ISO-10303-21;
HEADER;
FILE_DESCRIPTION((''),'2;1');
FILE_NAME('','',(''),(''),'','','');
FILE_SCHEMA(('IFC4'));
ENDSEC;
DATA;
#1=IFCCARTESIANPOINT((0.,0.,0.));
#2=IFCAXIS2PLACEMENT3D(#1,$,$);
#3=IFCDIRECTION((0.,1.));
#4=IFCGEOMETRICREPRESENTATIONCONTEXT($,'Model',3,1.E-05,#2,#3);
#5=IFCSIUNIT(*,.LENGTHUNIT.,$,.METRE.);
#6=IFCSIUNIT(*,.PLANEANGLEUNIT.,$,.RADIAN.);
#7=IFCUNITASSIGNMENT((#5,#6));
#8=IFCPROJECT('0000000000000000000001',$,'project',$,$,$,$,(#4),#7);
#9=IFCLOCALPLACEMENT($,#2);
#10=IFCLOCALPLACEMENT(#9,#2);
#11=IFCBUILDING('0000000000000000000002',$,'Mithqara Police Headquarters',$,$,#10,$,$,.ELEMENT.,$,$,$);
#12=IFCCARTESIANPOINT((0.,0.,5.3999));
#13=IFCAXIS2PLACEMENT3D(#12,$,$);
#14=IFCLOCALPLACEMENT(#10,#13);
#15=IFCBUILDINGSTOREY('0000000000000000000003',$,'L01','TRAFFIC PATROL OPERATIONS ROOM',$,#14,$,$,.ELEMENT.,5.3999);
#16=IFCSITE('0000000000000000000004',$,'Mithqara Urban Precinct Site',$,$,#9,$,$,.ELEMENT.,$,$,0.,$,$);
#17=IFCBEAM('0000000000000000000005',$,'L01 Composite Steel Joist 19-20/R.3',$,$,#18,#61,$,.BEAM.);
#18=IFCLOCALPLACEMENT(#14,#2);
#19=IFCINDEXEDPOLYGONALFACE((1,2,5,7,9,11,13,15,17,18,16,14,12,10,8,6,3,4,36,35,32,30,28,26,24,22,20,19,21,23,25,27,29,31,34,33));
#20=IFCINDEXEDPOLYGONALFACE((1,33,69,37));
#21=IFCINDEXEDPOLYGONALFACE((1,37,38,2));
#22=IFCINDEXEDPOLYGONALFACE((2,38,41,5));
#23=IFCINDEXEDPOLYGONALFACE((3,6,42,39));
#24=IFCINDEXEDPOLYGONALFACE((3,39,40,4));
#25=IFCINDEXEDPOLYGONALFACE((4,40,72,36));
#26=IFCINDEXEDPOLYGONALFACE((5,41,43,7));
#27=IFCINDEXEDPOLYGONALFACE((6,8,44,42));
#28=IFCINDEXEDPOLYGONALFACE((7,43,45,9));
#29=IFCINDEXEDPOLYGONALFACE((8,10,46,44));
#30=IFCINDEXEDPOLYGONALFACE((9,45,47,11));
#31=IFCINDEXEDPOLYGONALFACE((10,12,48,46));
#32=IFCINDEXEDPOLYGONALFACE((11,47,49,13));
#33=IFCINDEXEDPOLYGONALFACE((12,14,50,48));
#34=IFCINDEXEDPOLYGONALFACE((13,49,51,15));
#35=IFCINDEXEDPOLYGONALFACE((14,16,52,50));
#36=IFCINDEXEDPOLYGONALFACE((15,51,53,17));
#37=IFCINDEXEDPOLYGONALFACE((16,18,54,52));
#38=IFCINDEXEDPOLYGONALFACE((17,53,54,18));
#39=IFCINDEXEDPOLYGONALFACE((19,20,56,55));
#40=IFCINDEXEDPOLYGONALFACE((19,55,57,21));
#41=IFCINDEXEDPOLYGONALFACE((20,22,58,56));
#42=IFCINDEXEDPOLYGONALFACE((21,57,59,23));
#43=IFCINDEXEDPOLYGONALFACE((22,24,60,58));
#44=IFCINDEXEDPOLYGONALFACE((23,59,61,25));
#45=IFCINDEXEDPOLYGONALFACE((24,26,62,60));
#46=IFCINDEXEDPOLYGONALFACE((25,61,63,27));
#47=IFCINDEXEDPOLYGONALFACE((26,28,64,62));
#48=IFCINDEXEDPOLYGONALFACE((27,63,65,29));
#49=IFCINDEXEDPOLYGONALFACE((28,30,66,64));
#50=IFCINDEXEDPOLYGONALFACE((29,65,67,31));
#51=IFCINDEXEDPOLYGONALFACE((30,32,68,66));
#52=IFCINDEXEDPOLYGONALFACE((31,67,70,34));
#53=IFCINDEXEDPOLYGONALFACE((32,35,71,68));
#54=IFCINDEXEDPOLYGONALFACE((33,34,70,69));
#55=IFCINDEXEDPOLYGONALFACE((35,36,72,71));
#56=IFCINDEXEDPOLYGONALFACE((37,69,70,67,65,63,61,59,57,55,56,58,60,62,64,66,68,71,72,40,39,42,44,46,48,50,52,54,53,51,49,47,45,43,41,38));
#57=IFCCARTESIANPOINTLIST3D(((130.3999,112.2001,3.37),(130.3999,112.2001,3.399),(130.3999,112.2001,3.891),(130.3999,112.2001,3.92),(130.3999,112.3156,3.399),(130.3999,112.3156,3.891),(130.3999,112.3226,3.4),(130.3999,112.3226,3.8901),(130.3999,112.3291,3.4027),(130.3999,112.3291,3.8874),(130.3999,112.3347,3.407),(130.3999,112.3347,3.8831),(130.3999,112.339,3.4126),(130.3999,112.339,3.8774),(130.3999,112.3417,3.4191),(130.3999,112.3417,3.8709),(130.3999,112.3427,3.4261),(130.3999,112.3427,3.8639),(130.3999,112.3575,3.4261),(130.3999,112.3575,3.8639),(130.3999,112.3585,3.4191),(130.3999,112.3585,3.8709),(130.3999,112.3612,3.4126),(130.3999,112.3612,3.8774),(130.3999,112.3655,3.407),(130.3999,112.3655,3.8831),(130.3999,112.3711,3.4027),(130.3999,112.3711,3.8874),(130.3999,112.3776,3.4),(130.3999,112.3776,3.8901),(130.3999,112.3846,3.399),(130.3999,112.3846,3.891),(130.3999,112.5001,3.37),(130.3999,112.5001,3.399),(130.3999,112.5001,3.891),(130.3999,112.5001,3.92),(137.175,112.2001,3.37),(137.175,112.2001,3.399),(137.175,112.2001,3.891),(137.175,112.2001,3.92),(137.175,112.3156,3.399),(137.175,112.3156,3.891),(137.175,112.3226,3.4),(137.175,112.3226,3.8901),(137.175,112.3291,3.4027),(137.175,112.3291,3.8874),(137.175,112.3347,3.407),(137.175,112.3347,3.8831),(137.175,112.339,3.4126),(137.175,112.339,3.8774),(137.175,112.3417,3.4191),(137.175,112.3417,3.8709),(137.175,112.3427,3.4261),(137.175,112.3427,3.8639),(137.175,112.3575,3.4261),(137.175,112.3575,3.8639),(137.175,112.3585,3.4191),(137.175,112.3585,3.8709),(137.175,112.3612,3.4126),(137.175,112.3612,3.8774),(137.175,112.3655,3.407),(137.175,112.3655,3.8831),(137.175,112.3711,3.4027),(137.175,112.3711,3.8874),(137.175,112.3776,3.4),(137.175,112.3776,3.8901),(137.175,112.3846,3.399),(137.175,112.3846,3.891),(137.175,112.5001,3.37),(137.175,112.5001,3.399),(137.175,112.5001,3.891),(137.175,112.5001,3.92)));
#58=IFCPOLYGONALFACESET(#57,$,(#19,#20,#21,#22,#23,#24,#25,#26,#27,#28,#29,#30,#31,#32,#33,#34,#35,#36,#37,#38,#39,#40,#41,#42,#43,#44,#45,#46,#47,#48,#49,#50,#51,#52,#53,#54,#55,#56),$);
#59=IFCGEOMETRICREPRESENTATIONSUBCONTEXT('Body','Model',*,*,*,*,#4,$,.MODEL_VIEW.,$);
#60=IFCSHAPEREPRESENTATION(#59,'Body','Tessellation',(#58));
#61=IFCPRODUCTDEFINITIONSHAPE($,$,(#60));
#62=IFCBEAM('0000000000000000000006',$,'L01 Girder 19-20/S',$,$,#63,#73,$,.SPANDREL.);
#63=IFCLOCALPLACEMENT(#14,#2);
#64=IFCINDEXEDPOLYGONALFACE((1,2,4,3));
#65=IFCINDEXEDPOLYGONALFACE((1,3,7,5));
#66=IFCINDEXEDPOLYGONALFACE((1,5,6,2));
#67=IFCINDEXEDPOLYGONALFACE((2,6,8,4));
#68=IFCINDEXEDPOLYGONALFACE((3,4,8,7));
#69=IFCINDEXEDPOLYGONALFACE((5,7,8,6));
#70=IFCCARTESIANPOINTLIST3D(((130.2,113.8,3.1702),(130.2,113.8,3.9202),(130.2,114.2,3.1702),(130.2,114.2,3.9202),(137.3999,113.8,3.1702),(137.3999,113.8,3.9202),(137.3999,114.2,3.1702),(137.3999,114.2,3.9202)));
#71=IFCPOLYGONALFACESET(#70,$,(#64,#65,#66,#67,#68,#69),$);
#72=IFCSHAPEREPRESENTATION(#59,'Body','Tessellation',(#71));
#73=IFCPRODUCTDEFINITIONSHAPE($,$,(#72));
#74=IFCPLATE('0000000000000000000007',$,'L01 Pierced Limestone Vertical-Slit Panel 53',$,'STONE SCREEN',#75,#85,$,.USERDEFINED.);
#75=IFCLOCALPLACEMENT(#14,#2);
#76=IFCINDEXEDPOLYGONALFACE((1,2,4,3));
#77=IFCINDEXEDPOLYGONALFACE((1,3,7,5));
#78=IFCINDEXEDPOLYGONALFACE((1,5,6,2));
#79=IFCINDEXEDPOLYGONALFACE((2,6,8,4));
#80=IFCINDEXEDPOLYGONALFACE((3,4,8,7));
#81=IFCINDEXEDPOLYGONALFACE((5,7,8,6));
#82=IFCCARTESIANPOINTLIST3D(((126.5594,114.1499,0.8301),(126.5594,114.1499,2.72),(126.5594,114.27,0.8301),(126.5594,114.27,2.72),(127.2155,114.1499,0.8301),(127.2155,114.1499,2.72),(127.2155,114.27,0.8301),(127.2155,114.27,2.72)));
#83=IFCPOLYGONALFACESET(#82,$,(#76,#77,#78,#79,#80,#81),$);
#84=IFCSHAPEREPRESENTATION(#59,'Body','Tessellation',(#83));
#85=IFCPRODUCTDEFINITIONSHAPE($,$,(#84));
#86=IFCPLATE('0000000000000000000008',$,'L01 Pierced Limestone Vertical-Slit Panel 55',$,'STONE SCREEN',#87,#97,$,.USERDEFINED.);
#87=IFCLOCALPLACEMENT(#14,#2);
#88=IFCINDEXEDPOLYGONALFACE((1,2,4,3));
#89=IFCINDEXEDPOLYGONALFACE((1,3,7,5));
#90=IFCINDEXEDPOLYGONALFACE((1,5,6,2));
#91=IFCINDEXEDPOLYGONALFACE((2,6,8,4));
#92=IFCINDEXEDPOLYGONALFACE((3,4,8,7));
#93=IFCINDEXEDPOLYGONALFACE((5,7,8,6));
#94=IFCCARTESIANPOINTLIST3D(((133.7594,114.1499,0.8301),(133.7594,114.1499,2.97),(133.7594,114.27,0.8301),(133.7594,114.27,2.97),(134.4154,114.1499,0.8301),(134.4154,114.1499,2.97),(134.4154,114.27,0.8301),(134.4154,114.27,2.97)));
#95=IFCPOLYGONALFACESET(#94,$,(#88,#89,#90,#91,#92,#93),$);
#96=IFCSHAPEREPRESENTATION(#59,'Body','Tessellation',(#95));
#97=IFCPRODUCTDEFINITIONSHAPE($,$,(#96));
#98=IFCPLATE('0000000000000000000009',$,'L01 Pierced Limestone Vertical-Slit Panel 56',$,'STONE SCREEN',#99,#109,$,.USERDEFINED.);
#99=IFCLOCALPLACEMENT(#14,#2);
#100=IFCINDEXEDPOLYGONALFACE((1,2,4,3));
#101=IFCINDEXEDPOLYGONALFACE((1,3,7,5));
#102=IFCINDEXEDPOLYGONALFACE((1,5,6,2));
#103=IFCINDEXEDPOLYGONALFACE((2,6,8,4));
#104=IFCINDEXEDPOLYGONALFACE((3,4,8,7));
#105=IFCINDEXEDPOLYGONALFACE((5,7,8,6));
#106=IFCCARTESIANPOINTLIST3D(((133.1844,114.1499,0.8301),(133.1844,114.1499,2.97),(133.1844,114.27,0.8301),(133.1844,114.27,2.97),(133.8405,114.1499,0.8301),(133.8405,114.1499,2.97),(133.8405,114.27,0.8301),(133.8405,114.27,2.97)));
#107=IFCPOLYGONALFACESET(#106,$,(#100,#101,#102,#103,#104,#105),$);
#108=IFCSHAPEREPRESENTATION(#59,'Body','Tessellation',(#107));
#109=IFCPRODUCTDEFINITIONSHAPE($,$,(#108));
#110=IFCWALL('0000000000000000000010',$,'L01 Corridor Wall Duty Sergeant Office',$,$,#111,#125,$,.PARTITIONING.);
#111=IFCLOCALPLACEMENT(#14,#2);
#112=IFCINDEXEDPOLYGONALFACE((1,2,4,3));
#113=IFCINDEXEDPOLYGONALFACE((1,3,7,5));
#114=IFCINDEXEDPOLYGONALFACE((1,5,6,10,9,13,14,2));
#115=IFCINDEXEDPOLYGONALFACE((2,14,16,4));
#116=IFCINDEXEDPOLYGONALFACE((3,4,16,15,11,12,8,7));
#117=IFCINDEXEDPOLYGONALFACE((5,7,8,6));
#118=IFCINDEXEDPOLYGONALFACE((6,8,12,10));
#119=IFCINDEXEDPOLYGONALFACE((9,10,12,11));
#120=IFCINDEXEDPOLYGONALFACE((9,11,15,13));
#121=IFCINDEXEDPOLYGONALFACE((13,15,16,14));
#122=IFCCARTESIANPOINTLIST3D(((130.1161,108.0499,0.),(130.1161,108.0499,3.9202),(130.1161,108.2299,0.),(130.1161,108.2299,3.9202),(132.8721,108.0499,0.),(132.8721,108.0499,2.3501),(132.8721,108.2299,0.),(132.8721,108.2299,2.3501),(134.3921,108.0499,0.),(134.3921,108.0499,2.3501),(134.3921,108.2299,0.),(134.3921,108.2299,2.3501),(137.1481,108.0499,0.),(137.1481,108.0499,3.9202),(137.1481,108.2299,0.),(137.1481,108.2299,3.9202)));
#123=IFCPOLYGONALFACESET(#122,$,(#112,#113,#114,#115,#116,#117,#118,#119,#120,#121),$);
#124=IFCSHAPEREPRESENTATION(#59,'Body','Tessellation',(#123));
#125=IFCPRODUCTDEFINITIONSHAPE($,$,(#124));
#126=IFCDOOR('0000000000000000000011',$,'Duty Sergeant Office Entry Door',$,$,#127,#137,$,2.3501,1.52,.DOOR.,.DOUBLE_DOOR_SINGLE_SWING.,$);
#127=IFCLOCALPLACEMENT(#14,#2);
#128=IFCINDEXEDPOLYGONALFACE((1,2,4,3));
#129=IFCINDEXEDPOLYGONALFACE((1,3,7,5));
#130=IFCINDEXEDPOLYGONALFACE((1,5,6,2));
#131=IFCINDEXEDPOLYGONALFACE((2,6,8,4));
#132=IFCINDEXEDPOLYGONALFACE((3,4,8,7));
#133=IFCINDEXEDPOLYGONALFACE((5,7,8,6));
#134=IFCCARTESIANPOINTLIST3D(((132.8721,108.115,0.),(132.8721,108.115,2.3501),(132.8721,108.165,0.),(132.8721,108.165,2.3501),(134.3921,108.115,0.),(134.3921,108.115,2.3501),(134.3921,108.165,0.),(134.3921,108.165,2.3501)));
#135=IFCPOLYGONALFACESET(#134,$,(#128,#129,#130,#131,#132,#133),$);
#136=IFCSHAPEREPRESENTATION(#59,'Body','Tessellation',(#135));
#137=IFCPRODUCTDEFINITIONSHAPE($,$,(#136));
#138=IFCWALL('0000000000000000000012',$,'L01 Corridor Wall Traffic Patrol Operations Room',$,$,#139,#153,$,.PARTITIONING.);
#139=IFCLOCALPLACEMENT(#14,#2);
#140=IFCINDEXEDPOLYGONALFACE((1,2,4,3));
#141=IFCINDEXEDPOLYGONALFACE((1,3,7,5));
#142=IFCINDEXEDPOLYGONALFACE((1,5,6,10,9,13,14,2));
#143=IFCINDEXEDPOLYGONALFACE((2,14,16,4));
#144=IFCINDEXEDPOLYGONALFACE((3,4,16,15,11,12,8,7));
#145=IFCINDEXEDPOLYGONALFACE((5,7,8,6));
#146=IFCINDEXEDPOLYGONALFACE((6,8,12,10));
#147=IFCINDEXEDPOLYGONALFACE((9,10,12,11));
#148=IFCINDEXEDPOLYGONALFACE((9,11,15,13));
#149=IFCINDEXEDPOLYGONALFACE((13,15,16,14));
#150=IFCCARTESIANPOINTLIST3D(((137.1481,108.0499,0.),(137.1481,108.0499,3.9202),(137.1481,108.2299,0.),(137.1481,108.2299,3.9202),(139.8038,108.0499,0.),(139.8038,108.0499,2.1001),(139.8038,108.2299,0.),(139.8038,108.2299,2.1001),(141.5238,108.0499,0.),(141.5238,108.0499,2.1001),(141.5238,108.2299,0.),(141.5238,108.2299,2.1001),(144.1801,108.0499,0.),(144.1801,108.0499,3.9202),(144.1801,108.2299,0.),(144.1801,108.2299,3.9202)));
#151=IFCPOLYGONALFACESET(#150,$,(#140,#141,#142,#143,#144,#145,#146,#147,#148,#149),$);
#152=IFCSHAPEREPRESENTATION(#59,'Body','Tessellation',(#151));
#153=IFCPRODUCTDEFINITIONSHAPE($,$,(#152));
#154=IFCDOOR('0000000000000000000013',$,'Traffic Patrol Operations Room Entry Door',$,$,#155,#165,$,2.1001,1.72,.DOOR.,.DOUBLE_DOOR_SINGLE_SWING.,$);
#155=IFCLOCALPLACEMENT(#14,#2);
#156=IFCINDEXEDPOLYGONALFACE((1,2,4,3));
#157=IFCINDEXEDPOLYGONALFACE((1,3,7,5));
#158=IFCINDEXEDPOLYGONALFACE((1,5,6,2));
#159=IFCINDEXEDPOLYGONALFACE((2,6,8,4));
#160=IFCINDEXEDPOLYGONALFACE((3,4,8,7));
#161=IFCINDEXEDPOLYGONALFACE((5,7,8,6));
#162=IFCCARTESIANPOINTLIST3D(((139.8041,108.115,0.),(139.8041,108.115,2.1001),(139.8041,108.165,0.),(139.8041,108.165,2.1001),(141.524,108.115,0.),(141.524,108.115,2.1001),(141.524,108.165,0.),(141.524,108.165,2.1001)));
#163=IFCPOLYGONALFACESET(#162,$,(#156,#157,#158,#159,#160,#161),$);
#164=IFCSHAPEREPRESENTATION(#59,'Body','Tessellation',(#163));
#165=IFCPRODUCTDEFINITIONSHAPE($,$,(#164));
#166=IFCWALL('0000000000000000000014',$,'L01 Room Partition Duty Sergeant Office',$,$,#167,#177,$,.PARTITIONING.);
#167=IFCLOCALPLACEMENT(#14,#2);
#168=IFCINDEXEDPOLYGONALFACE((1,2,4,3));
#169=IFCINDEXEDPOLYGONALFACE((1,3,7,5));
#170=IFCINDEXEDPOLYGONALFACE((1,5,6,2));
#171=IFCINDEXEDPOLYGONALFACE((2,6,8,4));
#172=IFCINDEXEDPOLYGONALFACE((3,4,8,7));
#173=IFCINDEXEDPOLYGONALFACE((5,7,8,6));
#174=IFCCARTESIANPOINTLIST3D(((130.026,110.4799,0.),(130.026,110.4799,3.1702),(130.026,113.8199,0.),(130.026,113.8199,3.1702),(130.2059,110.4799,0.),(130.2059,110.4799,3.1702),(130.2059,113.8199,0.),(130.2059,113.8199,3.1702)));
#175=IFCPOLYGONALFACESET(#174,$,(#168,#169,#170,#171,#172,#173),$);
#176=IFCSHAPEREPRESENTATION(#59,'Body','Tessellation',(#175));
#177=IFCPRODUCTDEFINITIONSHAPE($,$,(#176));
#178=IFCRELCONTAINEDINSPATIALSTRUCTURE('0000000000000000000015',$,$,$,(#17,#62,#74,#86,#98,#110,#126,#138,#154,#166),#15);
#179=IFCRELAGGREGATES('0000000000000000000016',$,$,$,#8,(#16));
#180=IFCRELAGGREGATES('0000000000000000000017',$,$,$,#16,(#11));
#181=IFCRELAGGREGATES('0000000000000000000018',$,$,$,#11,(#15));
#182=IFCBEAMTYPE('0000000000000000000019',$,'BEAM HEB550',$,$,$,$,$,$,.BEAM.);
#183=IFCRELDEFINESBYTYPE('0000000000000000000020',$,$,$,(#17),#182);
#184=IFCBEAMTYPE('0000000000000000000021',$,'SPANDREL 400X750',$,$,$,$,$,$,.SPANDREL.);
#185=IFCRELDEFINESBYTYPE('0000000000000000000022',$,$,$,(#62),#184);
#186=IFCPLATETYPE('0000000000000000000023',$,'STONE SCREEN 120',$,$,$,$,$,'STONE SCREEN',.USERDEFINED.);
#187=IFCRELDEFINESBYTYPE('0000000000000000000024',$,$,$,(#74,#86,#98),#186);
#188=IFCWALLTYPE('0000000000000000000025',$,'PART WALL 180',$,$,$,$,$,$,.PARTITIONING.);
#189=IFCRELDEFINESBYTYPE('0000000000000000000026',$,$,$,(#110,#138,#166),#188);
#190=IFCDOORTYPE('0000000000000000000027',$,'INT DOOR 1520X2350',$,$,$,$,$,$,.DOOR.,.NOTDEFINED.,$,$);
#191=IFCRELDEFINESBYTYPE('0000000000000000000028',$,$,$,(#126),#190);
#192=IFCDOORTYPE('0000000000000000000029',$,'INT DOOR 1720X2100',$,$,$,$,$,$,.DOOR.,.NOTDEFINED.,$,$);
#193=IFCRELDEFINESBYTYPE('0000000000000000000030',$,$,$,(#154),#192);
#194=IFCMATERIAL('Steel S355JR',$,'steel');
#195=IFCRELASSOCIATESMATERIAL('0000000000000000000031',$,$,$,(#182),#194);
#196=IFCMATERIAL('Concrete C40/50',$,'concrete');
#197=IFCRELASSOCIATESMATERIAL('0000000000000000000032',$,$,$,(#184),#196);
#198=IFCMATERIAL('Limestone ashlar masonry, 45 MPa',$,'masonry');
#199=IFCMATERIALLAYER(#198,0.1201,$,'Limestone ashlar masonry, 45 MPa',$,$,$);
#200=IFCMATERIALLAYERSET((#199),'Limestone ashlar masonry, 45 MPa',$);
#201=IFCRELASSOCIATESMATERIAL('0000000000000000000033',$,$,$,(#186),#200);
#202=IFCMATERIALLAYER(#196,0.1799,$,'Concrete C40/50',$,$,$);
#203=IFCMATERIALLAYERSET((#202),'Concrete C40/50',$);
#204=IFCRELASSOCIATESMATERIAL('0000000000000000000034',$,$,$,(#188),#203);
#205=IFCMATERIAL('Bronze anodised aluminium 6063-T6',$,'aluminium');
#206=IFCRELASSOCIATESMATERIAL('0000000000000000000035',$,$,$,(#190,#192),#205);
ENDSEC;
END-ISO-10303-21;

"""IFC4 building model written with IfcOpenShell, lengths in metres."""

from ifc_helpers import new_model, si_unit, direction, frame, frame_2d, origin, origin_2d, place, context, subcontext, project, spatial, rectangle, i_section, extrude, material, layer, layer_set, material_profile, profile_set, type_object, element, fill, save


model = new_model("IFC4")

# Units and contexts
model_context = context("Model", 3, precision=1e-05, world=origin(), true_north=direction((0.0, 1.0)))
body_context = subcontext(model_context, "Body", "Model", "MODEL_VIEW")
ifc_project = project(units=[si_unit("LENGTHUNIT", "METRE"), si_unit("PLANEANGLEUNIT", "RADIAN")], contexts=[model_context])

# Site, building, storey
site_placement = place(None, origin())
site = spatial("IfcSite", under=ifc_project, at=site_placement, Name="Mithqara Urban Precinct Site", CompositionType="ELEMENT", RefElevation=0.0)
building_placement = place(site_placement, origin())
building = spatial("IfcBuilding", under=site, at=building_placement, Name="Mithqara Police Headquarters", CompositionType="ELEMENT")
storey_placement = place(building_placement, frame((0.0, 0.0, 5.3999)))
storey = spatial("IfcBuildingStorey", under=building, at=storey_placement, Name="L01", Description="TRAFFIC PATROL OPERATIONS ROOM", CompositionType="ELEMENT", Elevation=5.3999)

# Beams
ifc_material_1 = material(Name="Steel S355JR", Category="steel")
ifc_material_profile_1 = material_profile(ifc_material_1, i_section(OverallWidth=0.3, OverallDepth=0.55, WebThickness=0.0149, FlangeThickness=0.0291, FilletRadius=0.0271, at=origin_2d()), Name="HEB 550")
ifc_profile_set_1 = profile_set([ifc_material_profile_1], Name="Steel S355JR")
beam_type_1 = type_object("IfcBeamType", Name="BEAM HEB550", PredefinedType="BEAM", material=ifc_profile_set_1)
for number, where, z_axis, x_axis, name in (
    (1, (130.3999, 112.3501, 3.645), (1.0, 0.0, 0.0), (0.0, 1.0, 0.0), "L01 Composite Steel Joist 19-20/R.3"),
):
    element("IfcBeam", number, at=place(storey_placement, frame(where, z_axis=z_axis, x_axis=x_axis)), inside=storey, type_object=beam_type_1, Name=name, PredefinedType="BEAM", context=body_context, shape_type="SweptSolid", body=[
        extrude(i_section(OverallWidth=0.3, OverallDepth=0.55, WebThickness=0.0149, FlangeThickness=0.0291, FilletRadius=0.0271, at=origin_2d()), origin(), (0.0, 0.0, 1.0), 6.7751),
    ])
ifc_material_2 = material(Name="Concrete C40/50", Category="concrete")
ifc_material_profile_2 = material_profile(ifc_material_2, rectangle(XDim=0.3999, YDim=0.75, at=origin_2d()), Name="SPB 400x750")
ifc_profile_set_2 = profile_set([ifc_material_profile_2], Name="Concrete C40/50")
beam_type_2 = type_object("IfcBeamType", Name="SPANDREL 400X750", PredefinedType="SPANDREL", material=ifc_profile_set_2)
beam_placement = place(storey_placement, frame((130.2, 114.0, 3.5452), z_axis=(1.0, 0.0, 0.0), x_axis=(0.0, 1.0, 0.0)))
element("IfcBeam", 2, at=beam_placement, inside=storey, type_object=beam_type_2, Name="L01 Girder 19-20/S", PredefinedType="SPANDREL", context=body_context, shape_type="SweptSolid", body=[
    extrude(rectangle(XDim=0.3999, YDim=0.75, at=origin_2d()), origin(), (0.0, 0.0, 1.0), 7.2),
])

# Plates
ifc_material_3 = material(Name="Limestone ashlar masonry, 45 MPa", Category="masonry")
ifc_layer_1 = layer(ifc_material_3, 0.1201, Name="Limestone ashlar masonry, 45 MPa")
ifc_layer_set_1 = layer_set([ifc_layer_1], Name="Limestone ashlar masonry, 45 MPa")
plate_type = type_object("IfcPlateType", Name="STONE SCREEN 120", ElementType="STONE SCREEN", PredefinedType="USERDEFINED", material=ifc_layer_set_1)
plate_placement = place(storey_placement, frame((126.8875, 114.21, 0.8301), z_axis=(0.0, 0.0, 1.0), x_axis=(1.0, 0.0, 0.0)))
element("IfcPlate", 3, at=plate_placement, inside=storey, type_object=plate_type, Name="L01 Pierced Limestone Vertical-Slit Panel 53", ObjectType="STONE SCREEN", PredefinedType="USERDEFINED", context=body_context, shape_type="SweptSolid", body=[
    extrude(rectangle(XDim=0.656, YDim=0.1201, at=origin_2d()), origin(), (0.0, 0.0, 1.0), 1.8899),
])
for number, where, z_axis, x_axis, name in (
    (4, (134.0874, 114.21, 0.8301), (0.0, 0.0, 1.0), (1.0, 0.0, 0.0), "L01 Pierced Limestone Vertical-Slit Panel 55"),
    (5, (133.5125, 114.21, 0.8301), (0.0, 0.0, 1.0), (1.0, 0.0, 0.0), "L01 Pierced Limestone Vertical-Slit Panel 56"),
):
    element("IfcPlate", number, at=place(storey_placement, frame(where, z_axis=z_axis, x_axis=x_axis)), inside=storey, type_object=plate_type, Name=name, ObjectType="STONE SCREEN", PredefinedType="USERDEFINED", context=body_context, shape_type="SweptSolid", body=[
        extrude(rectangle(XDim=0.656, YDim=0.1201, at=origin_2d()), origin(), (0.0, 0.0, 1.0), 2.1399),
    ])

# Walls, openings, doors
ifc_layer_2 = layer(ifc_material_2, 0.1799, Name="Concrete C40/50")
ifc_layer_set_2 = layer_set([ifc_layer_2], Name="Concrete C40/50")
wall_type = type_object("IfcWallType", Name="PART WALL 180", PredefinedType="PARTITIONING", material=ifc_layer_set_2)
wall_1_placement = place(storey_placement, frame((130.116, 108.1399, 0.0), z_axis=(0.0, 0.0, 1.0), x_axis=(1.0, 0.0, 0.0)))
wall_1 = element("IfcWall", 6, at=wall_1_placement, inside=storey, type_object=wall_type, Name="L01 Corridor Wall Duty Sergeant Office", PredefinedType="PARTITIONING", context=body_context, shape_type="SweptSolid", body=[
    extrude(rectangle(XDim=7.032, YDim=0.1799, at=frame_2d((3.5161, 0.0))), origin(), (0.0, 0.0, 1.0), 3.9202),
])
opening_1_placement = place(wall_1_placement, frame((2.7561, 0.0, 0.0)))
opening_1 = element("IfcOpeningElement", 7, at=opening_1_placement, cuts=wall_1, PredefinedType="OPENING", context=body_context, shape_type="SweptSolid", body=[
    extrude(rectangle(XDim=1.52, YDim=2.3501, at=frame_2d((0.76, 1.175))), frame((0.0, 0.1001, 0.0), z_axis=(0.0, -1.0, 0.0), x_axis=(1.0, 0.0, 0.0)), (0.0, 0.0, 1.0), 0.2),
])
ifc_material_4 = material(Name="Bronze anodised aluminium 6063-T6", Category="aluminium")
door_type_1 = type_object("IfcDoorType", Name="INT DOOR 1520X2350", OperationType="NOTDEFINED", PredefinedType="DOOR", material=ifc_material_4)
door_1_placement = place(opening_1_placement, frame((1.52, 0.0, 0.0), z_axis=(0.0, 0.0, 1.0), x_axis=(-1.0, 0.0, 0.0)))
door_1 = element("IfcDoor", 8, at=door_1_placement, inside=storey, type_object=door_type_1, Name="Duty Sergeant Office Entry Door", OperationType="DOUBLE_DOOR_SINGLE_SWING", OverallHeight=2.3501, OverallWidth=1.52, PredefinedType="DOOR", context=body_context, shape_type="SweptSolid", body=[
    extrude(rectangle(XDim=1.52, YDim=2.3501, at=frame_2d((0.76, 1.175))), frame((0.0, 0.0249, 0.0), z_axis=(0.0, -1.0, 0.0), x_axis=(1.0, 0.0, 0.0)), (0.0, 0.0, 1.0), 0.05),
])
fill(opening_1, door_1)
wall_2_placement = place(storey_placement, frame((137.1479, 108.1399, 0.0), z_axis=(0.0, 0.0, 1.0), x_axis=(1.0, 0.0, 0.0)))
wall_2 = element("IfcWall", 9, at=wall_2_placement, inside=storey, type_object=wall_type, Name="L01 Corridor Wall Traffic Patrol Operations Room", PredefinedType="PARTITIONING", context=body_context, shape_type="SweptSolid", body=[
    extrude(rectangle(XDim=7.032, YDim=0.1799, at=frame_2d((3.5161, 0.0))), origin(), (0.0, 0.0, 1.0), 3.9202),
])
opening_2_placement = place(wall_2_placement, frame((2.656, 0.0, 0.0)))
opening_2 = element("IfcOpeningElement", 10, at=opening_2_placement, cuts=wall_2, PredefinedType="OPENING", context=body_context, shape_type="SweptSolid", body=[
    extrude(rectangle(XDim=1.72, YDim=2.1001, at=frame_2d((0.8599, 1.05))), frame((0.0, 0.1001, 0.0), z_axis=(0.0, -1.0, 0.0), x_axis=(1.0, 0.0, 0.0)), (0.0, 0.0, 1.0), 0.2),
])
door_type_2 = type_object("IfcDoorType", Name="INT DOOR 1720X2100", OperationType="NOTDEFINED", PredefinedType="DOOR", material=ifc_material_4)
door_2_placement = place(opening_2_placement, frame((1.72, 0.0, 0.0), z_axis=(0.0, 0.0, 1.0), x_axis=(-1.0, 0.0, 0.0)))
door_2 = element("IfcDoor", 11, at=door_2_placement, inside=storey, type_object=door_type_2, Name="Traffic Patrol Operations Room Entry Door", OperationType="DOUBLE_DOOR_SINGLE_SWING", OverallHeight=2.1001, OverallWidth=1.72, PredefinedType="DOOR", context=body_context, shape_type="SweptSolid", body=[
    extrude(rectangle(XDim=1.72, YDim=2.1001, at=frame_2d((0.8599, 1.05))), frame((0.0, 0.0249, 0.0), z_axis=(0.0, -1.0, 0.0), x_axis=(1.0, 0.0, 0.0)), (0.0, 0.0, 1.0), 0.05),
])
fill(opening_2, door_2)

# Wall
wall_3_placement = place(storey_placement, frame((130.116, 110.48, 0.0), z_axis=(0.0, 0.0, 1.0), x_axis=(0.0, 1.0, 0.0)))
element("IfcWall", 12, at=wall_3_placement, inside=storey, type_object=wall_type, Name="L01 Room Partition Duty Sergeant Office", PredefinedType="PARTITIONING", context=body_context, shape_type="SweptSolid", body=[
    extrude(rectangle(XDim=3.3401, YDim=0.1799, at=frame_2d((1.6699, 0.0))), origin(), (0.0, 0.0, 1.0), 3.1702),
])

save(model, "model.ifc")
